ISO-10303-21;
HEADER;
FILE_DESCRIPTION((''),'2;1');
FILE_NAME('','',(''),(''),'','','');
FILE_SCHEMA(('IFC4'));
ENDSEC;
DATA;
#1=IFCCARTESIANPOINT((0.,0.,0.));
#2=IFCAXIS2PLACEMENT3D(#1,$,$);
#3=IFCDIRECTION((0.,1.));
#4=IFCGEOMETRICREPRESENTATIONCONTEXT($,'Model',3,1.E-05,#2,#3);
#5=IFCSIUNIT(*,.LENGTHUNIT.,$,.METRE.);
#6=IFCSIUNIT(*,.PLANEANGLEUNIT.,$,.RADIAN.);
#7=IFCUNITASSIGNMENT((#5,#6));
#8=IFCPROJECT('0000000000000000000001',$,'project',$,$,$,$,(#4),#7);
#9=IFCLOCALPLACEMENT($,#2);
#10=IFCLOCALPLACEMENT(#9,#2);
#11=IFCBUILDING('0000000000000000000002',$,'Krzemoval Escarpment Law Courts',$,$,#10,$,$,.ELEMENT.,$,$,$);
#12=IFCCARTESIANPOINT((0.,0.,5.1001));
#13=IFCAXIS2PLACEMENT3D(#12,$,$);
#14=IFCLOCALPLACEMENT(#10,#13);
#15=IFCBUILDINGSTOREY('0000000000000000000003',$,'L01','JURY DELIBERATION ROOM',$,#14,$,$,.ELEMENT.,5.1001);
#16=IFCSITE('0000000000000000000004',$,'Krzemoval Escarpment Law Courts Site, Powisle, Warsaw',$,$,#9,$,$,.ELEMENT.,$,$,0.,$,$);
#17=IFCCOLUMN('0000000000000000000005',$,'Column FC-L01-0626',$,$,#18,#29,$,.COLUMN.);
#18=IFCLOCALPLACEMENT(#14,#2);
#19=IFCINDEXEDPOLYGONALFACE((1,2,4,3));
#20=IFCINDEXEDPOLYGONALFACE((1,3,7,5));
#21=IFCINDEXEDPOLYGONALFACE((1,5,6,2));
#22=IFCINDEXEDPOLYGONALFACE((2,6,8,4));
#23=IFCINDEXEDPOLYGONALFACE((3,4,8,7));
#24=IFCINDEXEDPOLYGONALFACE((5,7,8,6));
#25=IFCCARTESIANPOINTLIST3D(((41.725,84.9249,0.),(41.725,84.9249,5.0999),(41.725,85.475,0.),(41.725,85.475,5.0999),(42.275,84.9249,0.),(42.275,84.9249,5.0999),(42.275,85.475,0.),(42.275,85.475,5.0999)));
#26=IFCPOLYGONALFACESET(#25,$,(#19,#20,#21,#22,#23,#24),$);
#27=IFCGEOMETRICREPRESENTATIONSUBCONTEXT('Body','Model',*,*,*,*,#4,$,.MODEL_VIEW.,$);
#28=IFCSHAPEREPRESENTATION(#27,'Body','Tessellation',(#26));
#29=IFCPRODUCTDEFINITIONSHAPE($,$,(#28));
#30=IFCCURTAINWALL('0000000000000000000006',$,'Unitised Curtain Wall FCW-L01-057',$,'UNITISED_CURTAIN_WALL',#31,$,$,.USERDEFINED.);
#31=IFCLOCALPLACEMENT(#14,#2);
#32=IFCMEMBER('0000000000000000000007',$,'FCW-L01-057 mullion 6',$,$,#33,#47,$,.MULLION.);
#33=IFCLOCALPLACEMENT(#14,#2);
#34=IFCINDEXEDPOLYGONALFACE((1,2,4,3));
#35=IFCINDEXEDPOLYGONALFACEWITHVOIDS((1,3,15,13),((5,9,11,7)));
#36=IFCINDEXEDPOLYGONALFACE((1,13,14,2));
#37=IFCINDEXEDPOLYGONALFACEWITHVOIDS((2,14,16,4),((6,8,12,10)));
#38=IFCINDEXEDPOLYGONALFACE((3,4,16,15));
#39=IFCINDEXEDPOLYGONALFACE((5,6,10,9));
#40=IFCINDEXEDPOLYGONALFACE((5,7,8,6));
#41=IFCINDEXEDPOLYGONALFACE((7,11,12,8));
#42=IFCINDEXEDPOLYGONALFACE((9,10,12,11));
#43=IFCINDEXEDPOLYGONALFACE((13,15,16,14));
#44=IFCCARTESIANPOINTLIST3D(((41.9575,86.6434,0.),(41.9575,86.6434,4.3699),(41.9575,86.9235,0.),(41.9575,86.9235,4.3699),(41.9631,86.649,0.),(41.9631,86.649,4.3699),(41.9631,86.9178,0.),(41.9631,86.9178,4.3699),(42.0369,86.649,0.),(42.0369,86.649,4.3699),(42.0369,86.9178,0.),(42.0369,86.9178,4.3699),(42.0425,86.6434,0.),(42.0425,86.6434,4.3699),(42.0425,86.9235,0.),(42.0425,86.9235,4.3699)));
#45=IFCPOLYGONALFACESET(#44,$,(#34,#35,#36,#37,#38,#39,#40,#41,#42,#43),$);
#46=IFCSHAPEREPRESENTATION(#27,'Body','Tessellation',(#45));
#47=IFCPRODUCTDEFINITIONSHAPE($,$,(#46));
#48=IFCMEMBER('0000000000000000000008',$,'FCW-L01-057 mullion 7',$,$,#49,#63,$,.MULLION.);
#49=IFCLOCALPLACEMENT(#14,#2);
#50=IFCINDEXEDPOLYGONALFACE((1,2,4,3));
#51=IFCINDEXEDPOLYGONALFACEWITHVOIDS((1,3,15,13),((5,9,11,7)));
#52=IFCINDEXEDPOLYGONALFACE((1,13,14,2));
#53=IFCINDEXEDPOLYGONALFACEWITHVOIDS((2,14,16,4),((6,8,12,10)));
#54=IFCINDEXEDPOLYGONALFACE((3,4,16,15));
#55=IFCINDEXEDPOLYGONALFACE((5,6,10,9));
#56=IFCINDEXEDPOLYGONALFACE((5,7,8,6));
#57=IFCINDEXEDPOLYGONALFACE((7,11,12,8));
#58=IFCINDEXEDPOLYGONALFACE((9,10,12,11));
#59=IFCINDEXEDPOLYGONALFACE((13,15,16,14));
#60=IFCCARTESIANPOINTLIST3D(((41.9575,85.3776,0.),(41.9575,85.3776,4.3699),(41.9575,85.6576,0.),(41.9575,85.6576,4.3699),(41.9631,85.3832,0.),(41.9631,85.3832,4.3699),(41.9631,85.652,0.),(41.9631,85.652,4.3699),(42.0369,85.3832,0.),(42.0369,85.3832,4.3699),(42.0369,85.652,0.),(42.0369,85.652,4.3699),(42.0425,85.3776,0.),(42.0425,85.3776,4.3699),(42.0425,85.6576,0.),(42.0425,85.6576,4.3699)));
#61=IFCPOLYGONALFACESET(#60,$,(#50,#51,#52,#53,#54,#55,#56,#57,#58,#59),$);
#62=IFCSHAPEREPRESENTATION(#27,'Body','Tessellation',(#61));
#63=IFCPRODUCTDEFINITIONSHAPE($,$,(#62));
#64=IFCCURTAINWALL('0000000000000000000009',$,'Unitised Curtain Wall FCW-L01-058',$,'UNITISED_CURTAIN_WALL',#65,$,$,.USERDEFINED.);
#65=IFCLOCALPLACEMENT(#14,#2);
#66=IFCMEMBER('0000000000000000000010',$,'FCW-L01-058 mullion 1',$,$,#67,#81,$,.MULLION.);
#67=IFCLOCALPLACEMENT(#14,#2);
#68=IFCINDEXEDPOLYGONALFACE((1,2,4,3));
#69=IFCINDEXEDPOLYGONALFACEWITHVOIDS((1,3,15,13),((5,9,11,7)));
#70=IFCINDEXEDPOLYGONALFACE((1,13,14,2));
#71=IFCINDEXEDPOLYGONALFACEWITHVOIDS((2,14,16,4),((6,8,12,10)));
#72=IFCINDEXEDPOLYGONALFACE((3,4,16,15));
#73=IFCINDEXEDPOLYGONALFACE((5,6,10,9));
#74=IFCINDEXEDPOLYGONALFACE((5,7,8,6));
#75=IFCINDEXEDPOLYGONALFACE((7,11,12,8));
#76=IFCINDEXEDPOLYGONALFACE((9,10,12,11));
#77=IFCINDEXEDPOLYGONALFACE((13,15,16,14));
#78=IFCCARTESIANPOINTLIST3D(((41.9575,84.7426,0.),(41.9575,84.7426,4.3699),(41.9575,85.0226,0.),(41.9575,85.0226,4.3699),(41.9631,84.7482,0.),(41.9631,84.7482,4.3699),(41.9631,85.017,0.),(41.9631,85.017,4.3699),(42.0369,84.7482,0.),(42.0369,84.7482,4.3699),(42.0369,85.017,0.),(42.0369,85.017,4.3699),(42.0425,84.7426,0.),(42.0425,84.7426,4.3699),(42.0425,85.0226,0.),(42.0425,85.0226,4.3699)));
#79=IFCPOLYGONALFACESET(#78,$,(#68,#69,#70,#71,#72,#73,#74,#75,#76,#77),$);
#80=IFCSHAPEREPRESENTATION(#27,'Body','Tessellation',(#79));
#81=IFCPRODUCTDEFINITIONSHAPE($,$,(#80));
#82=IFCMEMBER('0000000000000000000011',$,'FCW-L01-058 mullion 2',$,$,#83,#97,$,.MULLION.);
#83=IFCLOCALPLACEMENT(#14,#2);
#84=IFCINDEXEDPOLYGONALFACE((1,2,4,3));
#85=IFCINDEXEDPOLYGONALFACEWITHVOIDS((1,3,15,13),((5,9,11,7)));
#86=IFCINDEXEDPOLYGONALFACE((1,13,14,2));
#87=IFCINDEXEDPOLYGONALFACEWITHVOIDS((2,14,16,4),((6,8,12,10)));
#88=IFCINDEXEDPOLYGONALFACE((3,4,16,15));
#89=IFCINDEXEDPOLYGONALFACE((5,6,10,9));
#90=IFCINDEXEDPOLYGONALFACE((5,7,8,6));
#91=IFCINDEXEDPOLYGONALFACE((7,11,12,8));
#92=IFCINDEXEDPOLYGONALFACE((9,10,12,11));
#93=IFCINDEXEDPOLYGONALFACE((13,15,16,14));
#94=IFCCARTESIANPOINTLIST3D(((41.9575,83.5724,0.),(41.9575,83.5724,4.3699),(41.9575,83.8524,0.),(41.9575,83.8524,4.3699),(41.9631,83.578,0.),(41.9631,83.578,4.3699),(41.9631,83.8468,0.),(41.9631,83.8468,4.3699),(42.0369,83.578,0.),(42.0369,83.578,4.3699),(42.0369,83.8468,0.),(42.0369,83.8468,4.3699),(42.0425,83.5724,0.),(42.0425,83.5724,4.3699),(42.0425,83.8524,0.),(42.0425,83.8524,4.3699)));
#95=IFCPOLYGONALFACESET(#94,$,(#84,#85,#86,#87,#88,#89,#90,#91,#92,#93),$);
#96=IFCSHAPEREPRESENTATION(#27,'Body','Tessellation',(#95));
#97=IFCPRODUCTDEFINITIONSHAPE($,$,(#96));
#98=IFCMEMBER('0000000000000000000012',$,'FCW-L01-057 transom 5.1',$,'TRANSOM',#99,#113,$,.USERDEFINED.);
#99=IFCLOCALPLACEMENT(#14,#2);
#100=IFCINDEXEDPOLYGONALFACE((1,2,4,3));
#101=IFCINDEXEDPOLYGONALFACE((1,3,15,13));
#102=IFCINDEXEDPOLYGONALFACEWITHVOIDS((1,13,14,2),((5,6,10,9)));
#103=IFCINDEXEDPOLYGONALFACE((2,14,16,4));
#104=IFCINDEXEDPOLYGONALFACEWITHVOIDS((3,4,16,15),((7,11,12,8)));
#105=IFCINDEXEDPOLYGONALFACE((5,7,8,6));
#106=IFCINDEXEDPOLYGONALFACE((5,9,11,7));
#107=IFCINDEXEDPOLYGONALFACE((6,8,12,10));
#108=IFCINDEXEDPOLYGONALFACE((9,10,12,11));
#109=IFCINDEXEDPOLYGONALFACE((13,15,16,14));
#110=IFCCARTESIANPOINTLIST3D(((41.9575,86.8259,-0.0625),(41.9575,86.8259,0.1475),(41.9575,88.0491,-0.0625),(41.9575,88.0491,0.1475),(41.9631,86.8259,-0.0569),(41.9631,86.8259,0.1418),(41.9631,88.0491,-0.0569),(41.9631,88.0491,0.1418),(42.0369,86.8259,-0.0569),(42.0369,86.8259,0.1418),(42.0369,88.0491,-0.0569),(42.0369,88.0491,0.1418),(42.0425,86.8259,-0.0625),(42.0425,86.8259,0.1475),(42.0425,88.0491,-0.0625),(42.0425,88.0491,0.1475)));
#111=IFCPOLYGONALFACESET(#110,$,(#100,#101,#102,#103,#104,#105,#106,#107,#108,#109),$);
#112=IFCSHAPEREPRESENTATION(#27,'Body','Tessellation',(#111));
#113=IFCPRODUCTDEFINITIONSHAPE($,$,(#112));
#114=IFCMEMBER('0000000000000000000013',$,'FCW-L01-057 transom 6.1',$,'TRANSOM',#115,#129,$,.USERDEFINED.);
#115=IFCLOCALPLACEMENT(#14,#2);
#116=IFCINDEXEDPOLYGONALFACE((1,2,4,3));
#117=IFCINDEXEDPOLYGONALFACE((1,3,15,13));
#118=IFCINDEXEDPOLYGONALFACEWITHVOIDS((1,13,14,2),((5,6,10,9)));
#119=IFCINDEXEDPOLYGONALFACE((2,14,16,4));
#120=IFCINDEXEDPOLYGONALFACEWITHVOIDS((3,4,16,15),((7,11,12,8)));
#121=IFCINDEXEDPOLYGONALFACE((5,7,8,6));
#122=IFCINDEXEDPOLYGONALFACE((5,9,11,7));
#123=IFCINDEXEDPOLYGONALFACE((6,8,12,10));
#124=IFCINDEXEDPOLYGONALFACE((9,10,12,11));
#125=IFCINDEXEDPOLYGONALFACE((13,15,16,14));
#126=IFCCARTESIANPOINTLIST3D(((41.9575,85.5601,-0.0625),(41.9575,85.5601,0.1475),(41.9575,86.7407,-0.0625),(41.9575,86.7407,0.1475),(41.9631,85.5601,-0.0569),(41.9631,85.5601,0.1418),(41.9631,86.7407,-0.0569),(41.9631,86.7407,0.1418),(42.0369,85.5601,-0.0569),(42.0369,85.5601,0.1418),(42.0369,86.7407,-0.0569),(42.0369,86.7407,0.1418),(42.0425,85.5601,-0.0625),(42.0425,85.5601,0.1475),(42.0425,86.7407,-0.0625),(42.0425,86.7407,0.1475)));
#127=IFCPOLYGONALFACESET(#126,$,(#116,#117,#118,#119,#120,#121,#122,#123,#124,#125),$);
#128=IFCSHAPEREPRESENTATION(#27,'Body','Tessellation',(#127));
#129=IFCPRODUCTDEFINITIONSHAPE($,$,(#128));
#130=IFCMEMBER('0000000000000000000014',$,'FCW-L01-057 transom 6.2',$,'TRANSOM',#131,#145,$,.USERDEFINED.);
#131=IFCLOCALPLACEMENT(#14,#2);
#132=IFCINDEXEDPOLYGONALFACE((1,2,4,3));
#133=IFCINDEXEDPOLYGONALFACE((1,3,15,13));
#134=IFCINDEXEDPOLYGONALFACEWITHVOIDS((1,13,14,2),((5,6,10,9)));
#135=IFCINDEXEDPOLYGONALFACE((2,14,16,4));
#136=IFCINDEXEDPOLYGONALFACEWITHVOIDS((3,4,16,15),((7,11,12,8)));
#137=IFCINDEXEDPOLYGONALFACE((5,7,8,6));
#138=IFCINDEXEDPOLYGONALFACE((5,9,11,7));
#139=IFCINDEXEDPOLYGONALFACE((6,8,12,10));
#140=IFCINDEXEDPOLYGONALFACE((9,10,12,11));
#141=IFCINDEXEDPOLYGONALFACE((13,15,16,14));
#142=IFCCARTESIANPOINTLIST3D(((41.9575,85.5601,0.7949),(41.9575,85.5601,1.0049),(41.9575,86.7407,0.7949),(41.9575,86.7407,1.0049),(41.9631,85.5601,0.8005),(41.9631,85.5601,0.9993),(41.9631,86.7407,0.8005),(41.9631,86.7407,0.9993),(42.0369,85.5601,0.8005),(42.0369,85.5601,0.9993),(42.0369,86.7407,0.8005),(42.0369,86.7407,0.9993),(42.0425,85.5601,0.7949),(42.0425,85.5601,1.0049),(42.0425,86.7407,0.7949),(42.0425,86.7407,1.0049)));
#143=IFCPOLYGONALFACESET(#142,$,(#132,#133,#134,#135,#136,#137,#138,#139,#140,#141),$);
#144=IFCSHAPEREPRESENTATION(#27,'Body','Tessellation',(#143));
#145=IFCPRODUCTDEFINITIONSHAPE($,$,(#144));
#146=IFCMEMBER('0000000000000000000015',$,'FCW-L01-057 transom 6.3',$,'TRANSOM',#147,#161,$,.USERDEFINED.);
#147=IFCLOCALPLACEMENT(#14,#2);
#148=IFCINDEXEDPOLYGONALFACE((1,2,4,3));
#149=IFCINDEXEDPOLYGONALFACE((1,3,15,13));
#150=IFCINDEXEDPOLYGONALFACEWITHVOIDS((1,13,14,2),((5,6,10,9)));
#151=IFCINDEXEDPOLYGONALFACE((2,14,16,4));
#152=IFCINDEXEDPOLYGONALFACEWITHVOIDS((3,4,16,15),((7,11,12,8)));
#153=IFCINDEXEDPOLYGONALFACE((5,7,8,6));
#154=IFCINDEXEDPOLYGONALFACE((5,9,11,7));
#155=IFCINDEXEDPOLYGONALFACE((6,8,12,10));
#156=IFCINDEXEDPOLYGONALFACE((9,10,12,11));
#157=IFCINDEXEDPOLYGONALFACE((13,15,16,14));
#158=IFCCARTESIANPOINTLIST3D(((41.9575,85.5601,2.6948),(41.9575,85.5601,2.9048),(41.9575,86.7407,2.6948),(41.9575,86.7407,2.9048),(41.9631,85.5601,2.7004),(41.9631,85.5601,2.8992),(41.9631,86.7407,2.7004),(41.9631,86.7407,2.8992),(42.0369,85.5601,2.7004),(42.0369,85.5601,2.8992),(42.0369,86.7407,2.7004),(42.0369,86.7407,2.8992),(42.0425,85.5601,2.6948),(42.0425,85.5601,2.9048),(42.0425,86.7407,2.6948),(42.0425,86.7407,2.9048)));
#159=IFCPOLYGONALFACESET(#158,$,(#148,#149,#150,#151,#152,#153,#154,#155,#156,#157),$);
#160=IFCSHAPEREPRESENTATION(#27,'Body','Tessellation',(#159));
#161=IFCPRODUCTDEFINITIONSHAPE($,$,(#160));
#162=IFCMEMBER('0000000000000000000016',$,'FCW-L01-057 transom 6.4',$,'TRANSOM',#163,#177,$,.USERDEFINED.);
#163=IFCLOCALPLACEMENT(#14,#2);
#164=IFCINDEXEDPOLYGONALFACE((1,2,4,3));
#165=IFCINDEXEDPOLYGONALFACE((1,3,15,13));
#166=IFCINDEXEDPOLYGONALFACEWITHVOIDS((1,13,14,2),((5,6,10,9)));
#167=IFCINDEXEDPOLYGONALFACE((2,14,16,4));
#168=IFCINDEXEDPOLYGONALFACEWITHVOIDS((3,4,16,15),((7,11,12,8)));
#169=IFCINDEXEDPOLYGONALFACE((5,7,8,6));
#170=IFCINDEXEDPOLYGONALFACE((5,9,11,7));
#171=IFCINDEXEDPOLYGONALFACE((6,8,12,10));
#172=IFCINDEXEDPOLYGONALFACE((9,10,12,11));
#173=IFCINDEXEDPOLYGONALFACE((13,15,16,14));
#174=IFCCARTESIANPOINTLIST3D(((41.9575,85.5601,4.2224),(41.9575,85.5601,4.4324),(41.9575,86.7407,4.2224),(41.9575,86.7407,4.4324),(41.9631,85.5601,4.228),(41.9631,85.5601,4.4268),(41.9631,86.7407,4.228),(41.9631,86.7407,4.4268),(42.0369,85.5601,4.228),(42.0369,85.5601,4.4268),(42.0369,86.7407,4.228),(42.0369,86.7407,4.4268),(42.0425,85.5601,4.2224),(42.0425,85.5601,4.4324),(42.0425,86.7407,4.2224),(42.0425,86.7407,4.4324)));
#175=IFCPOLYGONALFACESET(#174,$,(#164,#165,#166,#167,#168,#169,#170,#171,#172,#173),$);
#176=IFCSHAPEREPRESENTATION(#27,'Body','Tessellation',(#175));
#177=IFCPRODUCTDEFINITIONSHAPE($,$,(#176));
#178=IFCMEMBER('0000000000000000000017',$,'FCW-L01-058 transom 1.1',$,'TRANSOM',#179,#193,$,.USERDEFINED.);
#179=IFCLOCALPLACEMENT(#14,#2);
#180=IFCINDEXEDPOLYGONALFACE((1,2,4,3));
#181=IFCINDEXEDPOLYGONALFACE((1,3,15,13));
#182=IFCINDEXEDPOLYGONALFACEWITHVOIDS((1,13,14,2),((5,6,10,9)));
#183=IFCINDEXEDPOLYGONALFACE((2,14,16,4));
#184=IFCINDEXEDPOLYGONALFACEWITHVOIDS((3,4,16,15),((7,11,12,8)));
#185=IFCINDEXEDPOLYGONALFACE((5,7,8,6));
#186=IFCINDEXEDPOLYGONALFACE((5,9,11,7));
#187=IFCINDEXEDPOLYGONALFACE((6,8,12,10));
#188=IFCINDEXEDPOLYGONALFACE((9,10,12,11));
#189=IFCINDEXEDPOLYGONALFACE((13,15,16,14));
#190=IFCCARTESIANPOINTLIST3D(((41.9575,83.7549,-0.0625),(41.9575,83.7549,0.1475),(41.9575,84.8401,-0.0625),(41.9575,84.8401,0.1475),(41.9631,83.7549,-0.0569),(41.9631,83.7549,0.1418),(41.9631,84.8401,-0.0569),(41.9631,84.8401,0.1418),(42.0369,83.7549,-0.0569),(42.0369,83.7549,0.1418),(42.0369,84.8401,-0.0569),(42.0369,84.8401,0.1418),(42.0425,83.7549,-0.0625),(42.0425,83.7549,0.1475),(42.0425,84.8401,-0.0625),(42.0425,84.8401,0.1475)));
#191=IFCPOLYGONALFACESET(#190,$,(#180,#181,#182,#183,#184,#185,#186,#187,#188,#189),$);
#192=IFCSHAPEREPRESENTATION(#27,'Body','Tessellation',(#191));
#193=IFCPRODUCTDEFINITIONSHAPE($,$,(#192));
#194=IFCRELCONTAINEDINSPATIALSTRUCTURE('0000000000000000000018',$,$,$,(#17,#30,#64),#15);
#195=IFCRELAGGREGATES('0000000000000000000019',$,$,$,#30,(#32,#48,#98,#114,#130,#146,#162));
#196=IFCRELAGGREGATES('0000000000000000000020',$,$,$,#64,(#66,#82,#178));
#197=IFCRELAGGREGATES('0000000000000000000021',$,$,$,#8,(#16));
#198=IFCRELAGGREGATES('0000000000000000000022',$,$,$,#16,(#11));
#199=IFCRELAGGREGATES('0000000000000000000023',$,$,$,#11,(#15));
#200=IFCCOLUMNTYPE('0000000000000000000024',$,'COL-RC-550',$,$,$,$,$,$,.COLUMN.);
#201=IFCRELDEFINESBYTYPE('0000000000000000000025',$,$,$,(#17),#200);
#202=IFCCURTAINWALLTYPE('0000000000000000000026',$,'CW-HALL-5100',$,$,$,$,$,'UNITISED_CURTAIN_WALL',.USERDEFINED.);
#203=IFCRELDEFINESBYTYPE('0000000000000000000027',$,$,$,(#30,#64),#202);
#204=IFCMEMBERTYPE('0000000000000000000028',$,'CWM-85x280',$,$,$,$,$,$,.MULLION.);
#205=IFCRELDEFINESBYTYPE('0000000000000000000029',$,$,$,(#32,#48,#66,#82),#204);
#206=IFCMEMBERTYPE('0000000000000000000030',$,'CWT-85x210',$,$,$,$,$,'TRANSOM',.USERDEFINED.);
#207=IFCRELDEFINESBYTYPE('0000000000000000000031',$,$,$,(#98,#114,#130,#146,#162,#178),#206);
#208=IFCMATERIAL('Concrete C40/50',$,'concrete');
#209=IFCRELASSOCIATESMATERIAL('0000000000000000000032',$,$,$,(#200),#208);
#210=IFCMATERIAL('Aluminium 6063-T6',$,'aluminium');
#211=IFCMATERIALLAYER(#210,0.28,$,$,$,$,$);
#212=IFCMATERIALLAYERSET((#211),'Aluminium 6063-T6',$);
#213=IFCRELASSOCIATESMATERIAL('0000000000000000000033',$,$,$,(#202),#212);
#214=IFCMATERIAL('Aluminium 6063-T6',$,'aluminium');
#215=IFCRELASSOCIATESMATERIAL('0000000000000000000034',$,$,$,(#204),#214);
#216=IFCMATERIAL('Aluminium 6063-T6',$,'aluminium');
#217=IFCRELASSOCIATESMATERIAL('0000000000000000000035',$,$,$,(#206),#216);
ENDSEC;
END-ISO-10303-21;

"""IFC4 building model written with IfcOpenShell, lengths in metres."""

from ifc_helpers import new_model, si_unit, direction, frame, origin, origin_2d, place, context, subcontext, project, spatial, rectangle, hollow_rectangle, extrude, material, layer, layer_set, material_profile, profile_set, type_object, element, aggregate, save


model = new_model("IFC4")

# Units and contexts
model_context = context("Model", 3, precision=1e-05, world=origin(), true_north=direction((0.0, 1.0)))
body_context = subcontext(model_context, "Body", "Model", "MODEL_VIEW")
ifc_project = project(units=[si_unit("LENGTHUNIT", "METRE"), si_unit("PLANEANGLEUNIT", "RADIAN")], contexts=[model_context])

# Site, building, storey
site_placement = place(None, origin())
site = spatial("IfcSite", under=ifc_project, at=site_placement, Name="Krzemoval Escarpment Law Courts Site, Powisle, Warsaw", CompositionType="ELEMENT", RefElevation=0.0)
building_placement = place(site_placement, origin())
building = spatial("IfcBuilding", under=site, at=building_placement, Name="Krzemoval Escarpment Law Courts", CompositionType="ELEMENT")
storey_placement = place(building_placement, frame((0.0, 0.0, 5.1001)))
storey = spatial("IfcBuildingStorey", under=building, at=storey_placement, Name="L01", Description="JURY DELIBERATION ROOM", CompositionType="ELEMENT", Elevation=5.1001)

# Column
ifc_material_1 = material(Name="Concrete C40/50", Category="concrete")
ifc_material_profile_1 = material_profile(ifc_material_1, rectangle(XDim=0.55, YDim=0.55, at=origin_2d()), Name="RC 550x550")
ifc_profile_set_1 = profile_set([ifc_material_profile_1], Name="Concrete C40/50")
column_type = type_object("IfcColumnType", Name="COL-RC-550", PredefinedType="COLUMN", material=ifc_profile_set_1)
column_placement = place(storey_placement, frame((42.0, 85.2, 0.0), z_axis=(0.0, 0.0, 1.0), x_axis=(1.0, 0.0, 0.0)))
element("IfcColumn", 1, at=column_placement, inside=storey, type_object=column_type, Name="Column FC-L01-0626", PredefinedType="COLUMN", context=body_context, shape_type="SweptSolid", body=[
    extrude(rectangle(XDim=0.55, YDim=0.55, at=origin_2d()), origin(), (0.0, 0.0, 1.0), 5.0999),
])

# Curtain walls, members
ifc_material_2 = material(Name="Aluminium 6063-T6", Category="aluminium")
ifc_layer_1 = layer(ifc_material_2, 0.28)
ifc_layer_set_1 = layer_set([ifc_layer_1], Name="Aluminium 6063-T6")
curtain_wall_type = type_object("IfcCurtainWallType", Name="CW-HALL-5100", ElementType="UNITISED_CURTAIN_WALL", PredefinedType="USERDEFINED", material=ifc_layer_set_1)
curtain_wall_1_placement = place(storey_placement, origin())
curtain_wall_1 = element("IfcCurtainWall", 2, at=curtain_wall_1_placement, inside=storey, type_object=curtain_wall_type, Name="Unitised Curtain Wall FCW-L01-057", ObjectType="UNITISED_CURTAIN_WALL", PredefinedType="USERDEFINED")
ifc_material_3 = material(Name="Aluminium 6063-T6", Category="aluminium")
ifc_material_profile_2 = material_profile(ifc_material_3, hollow_rectangle(XDim=0.085, YDim=0.28, WallThickness=0.0056, at=origin_2d()), Name="ALU M85x280")
ifc_profile_set_2 = profile_set([ifc_material_profile_2], Name="Aluminium 6063-T6")
member_type_1 = type_object("IfcMemberType", Name="CWM-85x280", PredefinedType="MULLION", material=ifc_profile_set_2)
member_1_placement = place(storey_placement, frame((42.0, 86.7834, 0.0), z_axis=(0.0, 0.0, 1.0), x_axis=(1.0, 0.0, 0.0)))
member_1 = element("IfcMember", 3, at=member_1_placement, type_object=member_type_1, Name="FCW-L01-057 mullion 6", PredefinedType="MULLION", context=body_context, shape_type="SweptSolid", body=[
    extrude(hollow_rectangle(XDim=0.085, YDim=0.28, WallThickness=0.0056, at=origin_2d()), origin(), (0.0, 0.0, 1.0), 4.3699),
])
member_2_placement = place(storey_placement, frame((42.0, 85.5176, 0.0), z_axis=(0.0, 0.0, 1.0), x_axis=(1.0, 0.0, 0.0)))
member_2 = element("IfcMember", 4, at=member_2_placement, type_object=member_type_1, Name="FCW-L01-057 mullion 7", PredefinedType="MULLION", context=body_context, shape_type="SweptSolid", body=[
    extrude(hollow_rectangle(XDim=0.085, YDim=0.28, WallThickness=0.0056, at=origin_2d()), origin(), (0.0, 0.0, 1.0), 4.3699),
])
curtain_wall_2_placement = place(storey_placement, origin())
curtain_wall_2 = element("IfcCurtainWall", 5, at=curtain_wall_2_placement, inside=storey, type_object=curtain_wall_type, Name="Unitised Curtain Wall FCW-L01-058", ObjectType="UNITISED_CURTAIN_WALL", PredefinedType="USERDEFINED")
member_3_placement = place(storey_placement, frame((42.0, 84.8826, 0.0), z_axis=(0.0, 0.0, 1.0), x_axis=(1.0, 0.0, 0.0)))
member_3 = element("IfcMember", 6, at=member_3_placement, type_object=member_type_1, Name="FCW-L01-058 mullion 1", PredefinedType="MULLION", context=body_context, shape_type="SweptSolid", body=[
    extrude(hollow_rectangle(XDim=0.085, YDim=0.28, WallThickness=0.0056, at=origin_2d()), origin(), (0.0, 0.0, 1.0), 4.3699),
])
member_4_placement = place(storey_placement, frame((42.0, 83.7124, 0.0), z_axis=(0.0, 0.0, 1.0), x_axis=(1.0, 0.0, 0.0)))
member_4 = element("IfcMember", 7, at=member_4_placement, type_object=member_type_1, Name="FCW-L01-058 mullion 2", PredefinedType="MULLION", context=body_context, shape_type="SweptSolid", body=[
    extrude(hollow_rectangle(XDim=0.085, YDim=0.28, WallThickness=0.0056, at=origin_2d()), origin(), (0.0, 0.0, 1.0), 4.3699),
])

# Members
ifc_material_4 = material(Name="Aluminium 6063-T6", Category="aluminium")
ifc_material_profile_3 = material_profile(ifc_material_4, hollow_rectangle(XDim=0.085, YDim=0.21, WallThickness=0.0056, at=origin_2d()), Name="ALU T85x210")
ifc_profile_set_3 = profile_set([ifc_material_profile_3], Name="Aluminium 6063-T6")
member_type_2 = type_object("IfcMemberType", Name="CWT-85x210", ElementType="TRANSOM", PredefinedType="USERDEFINED", material=ifc_profile_set_3)
member_5_placement = place(storey_placement, frame((42.0, 88.0491, 0.0425), z_axis=(0.0, -1.0, 0.0), x_axis=(1.0, 0.0, 0.0)))
member_5 = element("IfcMember", 8, at=member_5_placement, type_object=member_type_2, Name="FCW-L01-057 transom 5.1", ObjectType="TRANSOM", PredefinedType="USERDEFINED", context=body_context, shape_type="SweptSolid", body=[
    extrude(hollow_rectangle(XDim=0.085, YDim=0.21, WallThickness=0.0056, at=origin_2d()), origin(), (0.0, 0.0, 1.0), 1.2231),
])
member_6_placement = place(storey_placement, frame((42.0, 86.7407, 0.0425), z_axis=(0.0, -1.0, 0.0), x_axis=(1.0, 0.0, 0.0)))
member_6 = element("IfcMember", 9, at=member_6_placement, type_object=member_type_2, Name="FCW-L01-057 transom 6.1", ObjectType="TRANSOM", PredefinedType="USERDEFINED", context=body_context, shape_type="SweptSolid", body=[
    extrude(hollow_rectangle(XDim=0.085, YDim=0.21, WallThickness=0.0056, at=origin_2d()), origin(), (0.0, 0.0, 1.0), 1.1807),
])
member_7_placement = place(storey_placement, frame((42.0, 86.7407, 0.8999), z_axis=(0.0, -1.0, 0.0), x_axis=(1.0, 0.0, 0.0)))
member_7 = element("IfcMember", 10, at=member_7_placement, type_object=member_type_2, Name="FCW-L01-057 transom 6.2", ObjectType="TRANSOM", PredefinedType="USERDEFINED", context=body_context, shape_type="SweptSolid", body=[
    extrude(hollow_rectangle(XDim=0.085, YDim=0.21, WallThickness=0.0056, at=origin_2d()), origin(), (0.0, 0.0, 1.0), 1.1807),
])
member_8_placement = place(storey_placement, frame((42.0, 86.7407, 2.7998), z_axis=(0.0, -1.0, 0.0), x_axis=(1.0, 0.0, 0.0)))
member_8 = element("IfcMember", 11, at=member_8_placement, type_object=member_type_2, Name="FCW-L01-057 transom 6.3", ObjectType="TRANSOM", PredefinedType="USERDEFINED", context=body_context, shape_type="SweptSolid", body=[
    extrude(hollow_rectangle(XDim=0.085, YDim=0.21, WallThickness=0.0056, at=origin_2d()), origin(), (0.0, 0.0, 1.0), 1.1807),
])
member_9_placement = place(storey_placement, frame((42.0, 86.7407, 4.3274), z_axis=(0.0, -1.0, 0.0), x_axis=(1.0, 0.0, 0.0)))
member_9 = element("IfcMember", 12, at=member_9_placement, type_object=member_type_2, Name="FCW-L01-057 transom 6.4", ObjectType="TRANSOM", PredefinedType="USERDEFINED", context=body_context, shape_type="SweptSolid", body=[
    extrude(hollow_rectangle(XDim=0.085, YDim=0.21, WallThickness=0.0056, at=origin_2d()), origin(), (0.0, 0.0, 1.0), 1.1807),
])
member_10_placement = place(storey_placement, frame((42.0, 84.8401, 0.0425), z_axis=(0.0, -1.0, 0.0), x_axis=(1.0, 0.0, 0.0)))
member_10 = element("IfcMember", 13, at=member_10_placement, type_object=member_type_2, Name="FCW-L01-058 transom 1.1", ObjectType="TRANSOM", PredefinedType="USERDEFINED", context=body_context, shape_type="SweptSolid", body=[
    extrude(hollow_rectangle(XDim=0.085, YDim=0.21, WallThickness=0.0056, at=origin_2d()), origin(), (0.0, 0.0, 1.0), 1.0852),
])

aggregate(curtain_wall_1, [member_1, member_2, member_5, member_6, member_7, member_8, member_9])
aggregate(curtain_wall_2, [member_3, member_4, member_10])

save(model, "model.ifc")
